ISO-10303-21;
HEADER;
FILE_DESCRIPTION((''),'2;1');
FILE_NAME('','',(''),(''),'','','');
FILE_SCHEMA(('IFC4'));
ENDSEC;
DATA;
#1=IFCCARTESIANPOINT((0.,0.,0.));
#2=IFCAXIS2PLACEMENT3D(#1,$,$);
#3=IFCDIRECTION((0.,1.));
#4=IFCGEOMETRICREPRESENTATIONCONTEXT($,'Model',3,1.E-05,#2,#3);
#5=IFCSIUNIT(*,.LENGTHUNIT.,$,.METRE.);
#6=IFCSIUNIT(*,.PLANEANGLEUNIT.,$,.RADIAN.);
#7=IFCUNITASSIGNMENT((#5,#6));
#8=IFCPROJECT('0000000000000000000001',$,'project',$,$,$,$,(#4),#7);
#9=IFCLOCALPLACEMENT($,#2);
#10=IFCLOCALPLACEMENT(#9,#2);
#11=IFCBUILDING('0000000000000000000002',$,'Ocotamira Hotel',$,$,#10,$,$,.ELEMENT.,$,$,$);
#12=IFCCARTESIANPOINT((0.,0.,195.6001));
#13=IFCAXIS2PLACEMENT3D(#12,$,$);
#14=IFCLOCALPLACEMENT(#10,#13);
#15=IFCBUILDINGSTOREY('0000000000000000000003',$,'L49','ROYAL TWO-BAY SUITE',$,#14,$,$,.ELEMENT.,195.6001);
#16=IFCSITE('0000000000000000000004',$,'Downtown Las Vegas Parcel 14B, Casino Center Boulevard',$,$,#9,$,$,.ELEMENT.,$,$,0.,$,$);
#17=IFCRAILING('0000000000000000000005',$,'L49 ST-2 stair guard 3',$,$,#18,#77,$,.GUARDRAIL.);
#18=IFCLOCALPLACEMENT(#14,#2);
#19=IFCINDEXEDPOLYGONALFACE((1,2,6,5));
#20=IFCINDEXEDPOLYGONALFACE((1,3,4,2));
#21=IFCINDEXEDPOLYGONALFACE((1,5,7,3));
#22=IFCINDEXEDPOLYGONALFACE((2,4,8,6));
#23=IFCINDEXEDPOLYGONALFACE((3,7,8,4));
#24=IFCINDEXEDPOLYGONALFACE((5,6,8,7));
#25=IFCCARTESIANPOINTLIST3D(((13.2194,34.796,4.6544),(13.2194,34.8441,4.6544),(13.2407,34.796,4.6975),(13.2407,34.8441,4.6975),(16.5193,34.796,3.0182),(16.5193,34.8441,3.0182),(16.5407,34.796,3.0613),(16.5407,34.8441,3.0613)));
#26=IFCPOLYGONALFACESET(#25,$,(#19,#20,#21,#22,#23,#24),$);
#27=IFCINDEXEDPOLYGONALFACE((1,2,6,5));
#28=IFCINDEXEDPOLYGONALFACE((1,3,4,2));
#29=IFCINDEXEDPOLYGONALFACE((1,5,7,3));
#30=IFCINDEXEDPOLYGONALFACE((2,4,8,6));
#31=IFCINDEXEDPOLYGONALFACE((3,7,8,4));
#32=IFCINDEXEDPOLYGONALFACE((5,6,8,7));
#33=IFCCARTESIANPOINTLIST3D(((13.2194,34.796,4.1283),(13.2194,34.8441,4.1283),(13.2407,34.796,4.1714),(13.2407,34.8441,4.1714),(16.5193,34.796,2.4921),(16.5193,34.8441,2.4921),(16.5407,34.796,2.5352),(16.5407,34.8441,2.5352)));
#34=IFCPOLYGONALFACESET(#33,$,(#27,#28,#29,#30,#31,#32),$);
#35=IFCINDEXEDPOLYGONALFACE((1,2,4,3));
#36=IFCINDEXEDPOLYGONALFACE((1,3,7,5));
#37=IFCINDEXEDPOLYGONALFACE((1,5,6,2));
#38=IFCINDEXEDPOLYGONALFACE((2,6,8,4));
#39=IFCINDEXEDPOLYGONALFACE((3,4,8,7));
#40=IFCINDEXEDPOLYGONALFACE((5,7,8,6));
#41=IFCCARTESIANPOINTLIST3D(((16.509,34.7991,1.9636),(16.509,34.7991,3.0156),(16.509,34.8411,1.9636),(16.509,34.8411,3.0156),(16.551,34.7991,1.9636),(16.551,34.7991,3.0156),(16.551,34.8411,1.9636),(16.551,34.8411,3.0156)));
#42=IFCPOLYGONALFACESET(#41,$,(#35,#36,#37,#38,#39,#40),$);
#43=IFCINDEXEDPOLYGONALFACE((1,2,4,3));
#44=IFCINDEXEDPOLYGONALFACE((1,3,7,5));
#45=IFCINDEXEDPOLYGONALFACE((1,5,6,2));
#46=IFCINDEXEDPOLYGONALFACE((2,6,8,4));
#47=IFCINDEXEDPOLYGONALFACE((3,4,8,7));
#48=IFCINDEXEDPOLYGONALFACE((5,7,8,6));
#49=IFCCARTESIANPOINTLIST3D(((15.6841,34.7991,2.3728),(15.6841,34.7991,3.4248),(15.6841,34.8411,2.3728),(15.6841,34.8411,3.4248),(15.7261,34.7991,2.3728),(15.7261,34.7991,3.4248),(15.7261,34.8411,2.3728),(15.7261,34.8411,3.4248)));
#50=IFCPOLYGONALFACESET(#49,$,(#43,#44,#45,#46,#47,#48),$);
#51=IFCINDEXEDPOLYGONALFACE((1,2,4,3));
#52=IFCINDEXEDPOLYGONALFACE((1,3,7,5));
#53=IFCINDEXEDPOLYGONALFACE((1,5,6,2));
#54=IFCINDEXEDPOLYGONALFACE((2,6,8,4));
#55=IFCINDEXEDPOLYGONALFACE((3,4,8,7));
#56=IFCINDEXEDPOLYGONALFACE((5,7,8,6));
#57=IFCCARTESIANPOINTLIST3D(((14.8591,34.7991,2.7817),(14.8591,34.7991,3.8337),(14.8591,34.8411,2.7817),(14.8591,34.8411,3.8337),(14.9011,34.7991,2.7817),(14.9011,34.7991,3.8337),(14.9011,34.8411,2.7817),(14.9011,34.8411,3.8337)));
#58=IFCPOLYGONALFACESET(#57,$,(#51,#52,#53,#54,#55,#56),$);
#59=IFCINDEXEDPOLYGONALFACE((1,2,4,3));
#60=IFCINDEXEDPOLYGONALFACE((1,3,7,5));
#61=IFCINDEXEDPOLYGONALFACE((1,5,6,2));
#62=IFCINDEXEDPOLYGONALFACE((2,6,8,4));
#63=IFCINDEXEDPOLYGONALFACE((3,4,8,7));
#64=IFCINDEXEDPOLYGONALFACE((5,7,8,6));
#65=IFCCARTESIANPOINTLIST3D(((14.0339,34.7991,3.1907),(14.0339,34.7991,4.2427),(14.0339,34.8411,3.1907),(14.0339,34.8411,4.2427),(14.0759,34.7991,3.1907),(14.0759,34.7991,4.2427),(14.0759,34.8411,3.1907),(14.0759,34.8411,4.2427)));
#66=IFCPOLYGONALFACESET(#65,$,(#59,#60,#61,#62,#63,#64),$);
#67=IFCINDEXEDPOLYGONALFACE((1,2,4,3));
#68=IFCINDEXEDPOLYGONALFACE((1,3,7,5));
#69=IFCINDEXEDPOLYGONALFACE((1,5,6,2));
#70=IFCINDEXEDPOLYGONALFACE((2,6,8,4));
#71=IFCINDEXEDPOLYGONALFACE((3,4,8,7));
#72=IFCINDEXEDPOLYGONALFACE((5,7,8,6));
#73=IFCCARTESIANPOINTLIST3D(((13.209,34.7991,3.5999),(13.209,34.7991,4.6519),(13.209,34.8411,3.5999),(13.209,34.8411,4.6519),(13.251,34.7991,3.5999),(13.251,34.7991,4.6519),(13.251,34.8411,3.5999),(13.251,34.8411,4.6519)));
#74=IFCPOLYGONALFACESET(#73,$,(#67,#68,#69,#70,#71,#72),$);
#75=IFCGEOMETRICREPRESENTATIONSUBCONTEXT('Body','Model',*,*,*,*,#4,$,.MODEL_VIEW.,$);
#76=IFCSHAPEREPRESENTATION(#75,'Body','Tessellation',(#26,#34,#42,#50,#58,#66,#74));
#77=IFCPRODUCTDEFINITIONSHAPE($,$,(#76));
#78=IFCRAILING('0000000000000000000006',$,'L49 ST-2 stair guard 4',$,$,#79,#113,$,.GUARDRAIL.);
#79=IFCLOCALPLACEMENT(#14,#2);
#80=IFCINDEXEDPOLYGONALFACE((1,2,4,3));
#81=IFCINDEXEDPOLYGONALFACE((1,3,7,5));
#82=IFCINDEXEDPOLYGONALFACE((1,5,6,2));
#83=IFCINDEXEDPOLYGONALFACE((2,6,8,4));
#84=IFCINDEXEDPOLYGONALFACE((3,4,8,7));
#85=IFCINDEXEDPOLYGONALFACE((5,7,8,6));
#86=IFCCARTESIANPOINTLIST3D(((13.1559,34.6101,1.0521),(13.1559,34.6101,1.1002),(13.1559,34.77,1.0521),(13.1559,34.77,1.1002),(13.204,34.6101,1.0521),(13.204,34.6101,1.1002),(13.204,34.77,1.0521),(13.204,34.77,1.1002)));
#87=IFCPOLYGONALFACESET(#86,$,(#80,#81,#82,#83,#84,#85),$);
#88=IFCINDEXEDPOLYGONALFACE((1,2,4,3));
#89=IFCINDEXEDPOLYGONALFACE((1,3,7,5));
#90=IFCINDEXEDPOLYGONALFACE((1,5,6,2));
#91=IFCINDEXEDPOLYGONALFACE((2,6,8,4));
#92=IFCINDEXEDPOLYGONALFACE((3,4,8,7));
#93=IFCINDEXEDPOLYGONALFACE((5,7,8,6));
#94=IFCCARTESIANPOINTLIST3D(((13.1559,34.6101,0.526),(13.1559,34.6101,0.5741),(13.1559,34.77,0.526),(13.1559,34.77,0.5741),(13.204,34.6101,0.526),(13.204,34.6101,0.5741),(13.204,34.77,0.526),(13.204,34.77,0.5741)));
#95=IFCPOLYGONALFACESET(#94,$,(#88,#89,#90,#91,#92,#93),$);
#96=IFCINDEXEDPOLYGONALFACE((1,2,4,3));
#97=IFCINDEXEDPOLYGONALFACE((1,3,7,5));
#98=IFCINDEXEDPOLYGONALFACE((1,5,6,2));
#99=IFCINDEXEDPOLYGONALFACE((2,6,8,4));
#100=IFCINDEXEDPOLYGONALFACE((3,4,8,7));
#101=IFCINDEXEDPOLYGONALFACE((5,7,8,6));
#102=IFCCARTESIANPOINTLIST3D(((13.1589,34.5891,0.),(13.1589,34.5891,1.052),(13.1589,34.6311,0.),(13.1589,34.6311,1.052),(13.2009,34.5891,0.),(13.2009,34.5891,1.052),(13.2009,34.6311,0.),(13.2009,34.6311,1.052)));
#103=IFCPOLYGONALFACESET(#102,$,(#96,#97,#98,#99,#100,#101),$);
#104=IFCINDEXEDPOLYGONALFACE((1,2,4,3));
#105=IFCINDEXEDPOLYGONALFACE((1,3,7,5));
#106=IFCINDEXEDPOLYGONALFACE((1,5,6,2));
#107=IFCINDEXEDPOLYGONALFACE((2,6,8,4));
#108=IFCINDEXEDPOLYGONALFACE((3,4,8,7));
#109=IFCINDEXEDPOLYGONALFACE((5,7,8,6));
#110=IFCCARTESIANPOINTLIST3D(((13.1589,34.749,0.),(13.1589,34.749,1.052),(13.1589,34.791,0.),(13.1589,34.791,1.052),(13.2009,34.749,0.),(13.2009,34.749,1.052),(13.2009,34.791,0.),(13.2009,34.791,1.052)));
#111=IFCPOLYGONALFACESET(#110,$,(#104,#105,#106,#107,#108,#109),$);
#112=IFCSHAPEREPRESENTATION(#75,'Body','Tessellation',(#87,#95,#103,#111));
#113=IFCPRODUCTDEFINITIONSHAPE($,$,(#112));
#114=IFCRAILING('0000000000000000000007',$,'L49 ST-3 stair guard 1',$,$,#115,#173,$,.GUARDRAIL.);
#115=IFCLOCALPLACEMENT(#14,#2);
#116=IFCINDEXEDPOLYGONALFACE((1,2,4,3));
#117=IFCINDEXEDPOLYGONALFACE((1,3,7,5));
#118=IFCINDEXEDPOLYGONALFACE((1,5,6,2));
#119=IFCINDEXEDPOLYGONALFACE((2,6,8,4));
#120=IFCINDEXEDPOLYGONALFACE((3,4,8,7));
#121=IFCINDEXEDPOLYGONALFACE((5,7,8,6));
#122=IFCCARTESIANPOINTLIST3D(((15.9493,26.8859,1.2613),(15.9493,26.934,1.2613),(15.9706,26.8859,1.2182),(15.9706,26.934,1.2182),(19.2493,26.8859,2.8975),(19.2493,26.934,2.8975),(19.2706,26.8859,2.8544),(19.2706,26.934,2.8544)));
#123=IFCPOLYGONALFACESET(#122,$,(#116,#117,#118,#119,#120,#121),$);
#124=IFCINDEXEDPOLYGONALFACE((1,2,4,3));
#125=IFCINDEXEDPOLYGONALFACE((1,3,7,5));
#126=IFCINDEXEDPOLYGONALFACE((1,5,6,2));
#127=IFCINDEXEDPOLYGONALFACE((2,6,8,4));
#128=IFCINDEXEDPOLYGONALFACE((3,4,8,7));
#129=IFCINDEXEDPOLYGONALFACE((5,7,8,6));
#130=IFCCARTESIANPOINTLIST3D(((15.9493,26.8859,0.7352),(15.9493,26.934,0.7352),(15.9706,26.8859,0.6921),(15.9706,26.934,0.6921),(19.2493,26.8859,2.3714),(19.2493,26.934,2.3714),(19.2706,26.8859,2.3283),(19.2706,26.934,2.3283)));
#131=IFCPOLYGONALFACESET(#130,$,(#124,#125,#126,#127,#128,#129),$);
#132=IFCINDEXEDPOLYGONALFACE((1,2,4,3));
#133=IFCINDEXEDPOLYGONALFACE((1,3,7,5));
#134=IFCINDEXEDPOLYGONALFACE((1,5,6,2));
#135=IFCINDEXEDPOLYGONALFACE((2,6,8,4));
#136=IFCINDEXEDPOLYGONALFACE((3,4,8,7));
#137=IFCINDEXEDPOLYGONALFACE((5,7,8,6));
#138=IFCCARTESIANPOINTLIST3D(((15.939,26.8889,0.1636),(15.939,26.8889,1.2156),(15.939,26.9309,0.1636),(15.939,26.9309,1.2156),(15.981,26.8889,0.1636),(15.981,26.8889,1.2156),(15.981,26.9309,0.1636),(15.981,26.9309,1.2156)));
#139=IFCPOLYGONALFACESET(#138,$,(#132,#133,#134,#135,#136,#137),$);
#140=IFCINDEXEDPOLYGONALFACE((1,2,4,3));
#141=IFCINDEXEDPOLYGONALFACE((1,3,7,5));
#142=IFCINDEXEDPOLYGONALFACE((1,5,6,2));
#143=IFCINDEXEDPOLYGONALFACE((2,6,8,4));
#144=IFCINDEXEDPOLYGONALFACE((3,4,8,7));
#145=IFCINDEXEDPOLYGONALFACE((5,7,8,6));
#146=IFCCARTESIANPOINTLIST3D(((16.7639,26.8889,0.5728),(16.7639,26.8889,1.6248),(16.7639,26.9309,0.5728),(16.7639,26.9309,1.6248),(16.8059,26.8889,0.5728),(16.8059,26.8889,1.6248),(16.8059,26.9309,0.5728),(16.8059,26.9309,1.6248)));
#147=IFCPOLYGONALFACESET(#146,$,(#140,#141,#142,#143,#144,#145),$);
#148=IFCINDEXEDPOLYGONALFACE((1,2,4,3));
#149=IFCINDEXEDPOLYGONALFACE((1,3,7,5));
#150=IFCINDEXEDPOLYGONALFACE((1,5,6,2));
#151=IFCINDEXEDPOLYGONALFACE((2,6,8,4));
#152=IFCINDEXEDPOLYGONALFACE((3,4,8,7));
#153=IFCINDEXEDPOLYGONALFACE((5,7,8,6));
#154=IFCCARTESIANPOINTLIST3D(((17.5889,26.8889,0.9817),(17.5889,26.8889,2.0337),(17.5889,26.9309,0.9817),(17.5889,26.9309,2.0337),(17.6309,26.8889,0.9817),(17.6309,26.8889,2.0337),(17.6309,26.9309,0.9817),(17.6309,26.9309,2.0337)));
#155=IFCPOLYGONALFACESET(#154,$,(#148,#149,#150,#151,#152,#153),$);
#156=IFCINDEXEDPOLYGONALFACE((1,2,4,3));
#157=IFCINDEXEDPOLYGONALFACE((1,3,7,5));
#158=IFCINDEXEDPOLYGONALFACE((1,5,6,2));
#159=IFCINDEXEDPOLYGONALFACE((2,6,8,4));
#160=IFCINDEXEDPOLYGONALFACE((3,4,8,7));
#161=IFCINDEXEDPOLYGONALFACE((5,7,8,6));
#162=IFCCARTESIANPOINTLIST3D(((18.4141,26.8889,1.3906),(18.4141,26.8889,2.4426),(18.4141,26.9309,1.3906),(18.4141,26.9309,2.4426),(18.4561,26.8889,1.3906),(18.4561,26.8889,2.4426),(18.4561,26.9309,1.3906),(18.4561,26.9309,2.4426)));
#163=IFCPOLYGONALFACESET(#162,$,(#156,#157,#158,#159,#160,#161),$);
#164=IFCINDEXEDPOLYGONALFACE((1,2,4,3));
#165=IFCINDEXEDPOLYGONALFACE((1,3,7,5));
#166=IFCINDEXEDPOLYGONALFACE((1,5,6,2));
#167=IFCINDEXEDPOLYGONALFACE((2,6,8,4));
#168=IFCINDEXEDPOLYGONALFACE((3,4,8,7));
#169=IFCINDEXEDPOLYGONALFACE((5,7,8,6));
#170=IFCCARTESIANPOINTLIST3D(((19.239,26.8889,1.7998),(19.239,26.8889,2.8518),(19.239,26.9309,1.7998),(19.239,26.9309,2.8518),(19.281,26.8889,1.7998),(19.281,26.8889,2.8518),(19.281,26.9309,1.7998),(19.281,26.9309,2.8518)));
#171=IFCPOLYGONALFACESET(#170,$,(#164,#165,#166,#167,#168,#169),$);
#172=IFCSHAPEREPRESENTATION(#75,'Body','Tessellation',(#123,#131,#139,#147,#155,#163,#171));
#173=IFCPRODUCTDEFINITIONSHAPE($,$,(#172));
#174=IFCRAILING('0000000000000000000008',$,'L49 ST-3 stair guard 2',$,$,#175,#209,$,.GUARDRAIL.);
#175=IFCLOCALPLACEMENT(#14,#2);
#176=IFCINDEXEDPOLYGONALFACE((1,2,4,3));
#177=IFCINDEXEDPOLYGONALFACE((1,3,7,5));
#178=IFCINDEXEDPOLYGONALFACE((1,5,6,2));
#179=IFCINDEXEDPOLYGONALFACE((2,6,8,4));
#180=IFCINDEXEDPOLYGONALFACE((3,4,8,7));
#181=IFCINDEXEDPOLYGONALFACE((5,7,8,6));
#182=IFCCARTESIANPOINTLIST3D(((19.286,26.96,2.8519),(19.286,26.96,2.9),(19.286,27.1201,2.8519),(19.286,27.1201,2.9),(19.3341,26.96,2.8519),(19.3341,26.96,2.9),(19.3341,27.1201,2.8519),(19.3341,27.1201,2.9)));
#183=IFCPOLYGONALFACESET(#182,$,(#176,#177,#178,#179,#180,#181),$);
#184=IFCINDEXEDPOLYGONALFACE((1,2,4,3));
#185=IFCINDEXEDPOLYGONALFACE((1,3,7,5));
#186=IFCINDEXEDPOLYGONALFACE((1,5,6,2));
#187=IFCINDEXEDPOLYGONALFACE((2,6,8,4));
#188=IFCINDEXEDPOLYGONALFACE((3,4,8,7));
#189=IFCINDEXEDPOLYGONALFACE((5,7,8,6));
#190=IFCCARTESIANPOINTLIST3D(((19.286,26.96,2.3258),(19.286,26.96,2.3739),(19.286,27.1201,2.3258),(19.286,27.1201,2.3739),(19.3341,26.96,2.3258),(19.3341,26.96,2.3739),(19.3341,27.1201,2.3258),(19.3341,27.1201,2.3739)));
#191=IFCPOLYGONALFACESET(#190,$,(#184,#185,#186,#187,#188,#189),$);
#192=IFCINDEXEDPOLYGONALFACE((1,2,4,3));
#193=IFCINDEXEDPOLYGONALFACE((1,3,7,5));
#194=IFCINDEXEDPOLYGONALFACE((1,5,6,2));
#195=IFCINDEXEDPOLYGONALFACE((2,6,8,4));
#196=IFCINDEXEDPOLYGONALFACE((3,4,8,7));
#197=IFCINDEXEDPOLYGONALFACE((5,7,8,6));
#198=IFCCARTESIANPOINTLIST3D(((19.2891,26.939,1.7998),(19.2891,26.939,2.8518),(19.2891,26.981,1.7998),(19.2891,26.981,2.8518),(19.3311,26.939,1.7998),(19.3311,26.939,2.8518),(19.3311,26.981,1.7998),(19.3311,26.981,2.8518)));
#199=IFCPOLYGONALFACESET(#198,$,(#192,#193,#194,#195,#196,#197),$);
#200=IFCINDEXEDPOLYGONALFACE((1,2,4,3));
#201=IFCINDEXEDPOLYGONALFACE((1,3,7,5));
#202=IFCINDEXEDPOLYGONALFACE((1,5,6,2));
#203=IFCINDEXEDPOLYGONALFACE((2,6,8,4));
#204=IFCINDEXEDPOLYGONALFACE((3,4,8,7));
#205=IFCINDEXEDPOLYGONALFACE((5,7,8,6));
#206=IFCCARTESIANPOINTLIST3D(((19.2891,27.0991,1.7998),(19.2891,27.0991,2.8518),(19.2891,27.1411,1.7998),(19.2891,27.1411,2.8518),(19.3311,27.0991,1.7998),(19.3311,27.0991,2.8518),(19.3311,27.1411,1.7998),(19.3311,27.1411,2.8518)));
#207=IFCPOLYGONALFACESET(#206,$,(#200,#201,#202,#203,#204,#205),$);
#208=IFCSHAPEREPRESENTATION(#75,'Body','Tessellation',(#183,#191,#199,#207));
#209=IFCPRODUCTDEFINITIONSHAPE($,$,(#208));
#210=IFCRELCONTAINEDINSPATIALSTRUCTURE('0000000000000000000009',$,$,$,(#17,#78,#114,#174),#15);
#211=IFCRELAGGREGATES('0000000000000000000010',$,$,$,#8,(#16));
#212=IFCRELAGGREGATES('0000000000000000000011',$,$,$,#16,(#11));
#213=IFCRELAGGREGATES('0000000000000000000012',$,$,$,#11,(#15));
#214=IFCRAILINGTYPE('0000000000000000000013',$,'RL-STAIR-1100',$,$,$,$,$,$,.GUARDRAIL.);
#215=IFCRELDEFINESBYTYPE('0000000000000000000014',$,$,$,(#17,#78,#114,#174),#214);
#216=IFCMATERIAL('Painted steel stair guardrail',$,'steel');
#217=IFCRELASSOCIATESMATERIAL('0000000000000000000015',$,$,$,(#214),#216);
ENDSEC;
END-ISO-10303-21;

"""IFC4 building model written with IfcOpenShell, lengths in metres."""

from ifc_helpers import new_model, si_unit, direction, frame, origin, origin_2d, place, context, subcontext, project, spatial, rectangle, extrude, material, type_object, element, save


model = new_model("IFC4")

# Units and contexts
model_context = context("Model", 3, precision=1e-05, world=origin(), true_north=direction((0.0, 1.0)))
body_context = subcontext(model_context, "Body", "Model", "MODEL_VIEW")
ifc_project = project(units=[si_unit("LENGTHUNIT", "METRE"), si_unit("PLANEANGLEUNIT", "RADIAN")], contexts=[model_context])

# Site, building, storey
site_placement = place(None, origin())
site = spatial("IfcSite", under=ifc_project, at=site_placement, Name="Downtown Las Vegas Parcel 14B, Casino Center Boulevard", CompositionType="ELEMENT", RefElevation=0.0)
building_placement = place(site_placement, origin())
building = spatial("IfcBuilding", under=site, at=building_placement, Name="Ocotamira Hotel", CompositionType="ELEMENT")
storey_placement = place(building_placement, frame((0.0, 0.0, 195.6001)))
storey = spatial("IfcBuildingStorey", under=building, at=storey_placement, Name="L49", Description="ROYAL TWO-BAY SUITE", CompositionType="ELEMENT", Elevation=195.6001)

# Railings
ifc_material_1 = material(Name="Painted steel stair guardrail", Category="steel")
railing_type_1 = type_object("IfcRailingType", Name="RL-STAIR-1100", PredefinedType="GUARDRAIL", material=ifc_material_1)
railing_1_placement = place(storey_placement, frame((16.53, 34.8201, 1.9636)))
element("IfcRailing", 1, at=railing_1_placement, inside=storey, type_object=railing_type_1, Name="L49 ST-2 stair guard 3", PredefinedType="GUARDRAIL", context=body_context, shape_type="SweptSolid", body=[
    extrude(rectangle(XDim=0.0481, YDim=0.0481, at=origin_2d()), frame((0.0, 0.0, 1.0762), z_axis=(-0.89592, 0.0, 0.444215), x_axis=(0.0, -1.0, 0.0)), (0.0, 0.0, 1.0), 3.6833),
    extrude(rectangle(XDim=0.0481, YDim=0.0481, at=origin_2d()), frame((0.0, 0.0, 0.55), z_axis=(-0.89592, 0.0, 0.444215), x_axis=(0.0, -1.0, 0.0)), (0.0, 0.0, 1.0), 3.6833),
    extrude(rectangle(XDim=0.042, YDim=0.042, at=origin_2d()), origin(), (0.0, 0.0, 1.0), 1.052),
    extrude(rectangle(XDim=0.042, YDim=0.042, at=origin_2d()), frame((-0.825, 0.0, 0.4092)), (0.0, 0.0, 1.0), 1.052),
    extrude(rectangle(XDim=0.042, YDim=0.042, at=origin_2d()), frame((-1.6499, 0.0, 0.8181)), (0.0, 0.0, 1.0), 1.052),
    extrude(rectangle(XDim=0.042, YDim=0.042, at=origin_2d()), frame((-2.4751, 0.0, 1.2271)), (0.0, 0.0, 1.0), 1.052),
    extrude(rectangle(XDim=0.042, YDim=0.042, at=origin_2d()), frame((-3.3, 0.0, 1.6362)), (0.0, 0.0, 1.0), 1.052),
])
railing_2_placement = place(storey_placement, frame((13.1799, 34.6101, 0.0)))
element("IfcRailing", 2, at=railing_2_placement, inside=storey, type_object=railing_type_1, Name="L49 ST-2 stair guard 4", PredefinedType="GUARDRAIL", context=body_context, shape_type="SweptSolid", body=[
    extrude(rectangle(XDim=0.0481, YDim=0.0481, at=origin_2d()), frame((0.0, 0.0, 1.0762), z_axis=(0.0, 1.0, 0.0), x_axis=(-1.0, 0.0, 0.0)), (0.0, 0.0, 1.0), 0.1599),
    extrude(rectangle(XDim=0.0481, YDim=0.0481, at=origin_2d()), frame((0.0, 0.0, 0.55), z_axis=(0.0, 1.0, 0.0), x_axis=(-1.0, 0.0, 0.0)), (0.0, 0.0, 1.0), 0.1599),
    extrude(rectangle(XDim=0.042, YDim=0.042, at=origin_2d()), origin(), (0.0, 0.0, 1.0), 1.052),
    extrude(rectangle(XDim=0.042, YDim=0.042, at=origin_2d()), frame((0.0, 0.1599, 0.0)), (0.0, 0.0, 1.0), 1.052),
])
railing_3_placement = place(storey_placement, frame((15.96, 26.9099, 0.1636)))
element("IfcRailing", 3, at=railing_3_placement, inside=storey, type_object=railing_type_1, Name="L49 ST-3 stair guard 1", PredefinedType="GUARDRAIL", context=body_context, shape_type="SweptSolid", body=[
    extrude(rectangle(XDim=0.0481, YDim=0.0481, at=origin_2d()), frame((0.0, 0.0, 1.0762), z_axis=(0.89592, 0.0, 0.444215), x_axis=(0.0, 1.0, 0.0)), (0.0, 0.0, 1.0), 3.6833),
    extrude(rectangle(XDim=0.0481, YDim=0.0481, at=origin_2d()), frame((0.0, 0.0, 0.55), z_axis=(0.89592, 0.0, 0.444215), x_axis=(0.0, 1.0, 0.0)), (0.0, 0.0, 1.0), 3.6833),
    extrude(rectangle(XDim=0.042, YDim=0.042, at=origin_2d()), origin(), (0.0, 0.0, 1.0), 1.052),
    extrude(rectangle(XDim=0.042, YDim=0.042, at=origin_2d()), frame((0.825, 0.0, 0.4092)), (0.0, 0.0, 1.0), 1.052),
    extrude(rectangle(XDim=0.042, YDim=0.042, at=origin_2d()), frame((1.6499, 0.0, 0.8181)), (0.0, 0.0, 1.0), 1.052),
    extrude(rectangle(XDim=0.042, YDim=0.042, at=origin_2d()), frame((2.4751, 0.0, 1.2271)), (0.0, 0.0, 1.0), 1.052),
    extrude(rectangle(XDim=0.042, YDim=0.042, at=origin_2d()), frame((3.3, 0.0, 1.6362)), (0.0, 0.0, 1.0), 1.052),
])
railing_4_placement = place(storey_placement, frame((19.3101, 26.96, 1.7998)))
element("IfcRailing", 4, at=railing_4_placement, inside=storey, type_object=railing_type_1, Name="L49 ST-3 stair guard 2", PredefinedType="GUARDRAIL", context=body_context, shape_type="SweptSolid", body=[
    extrude(rectangle(XDim=0.0481, YDim=0.0481, at=origin_2d()), frame((0.0, 0.0, 1.0762), z_axis=(0.0, 1.0, 0.0), x_axis=(-1.0, 0.0, 0.0)), (0.0, 0.0, 1.0), 0.1602),
    extrude(rectangle(XDim=0.0481, YDim=0.0481, at=origin_2d()), frame((0.0, 0.0, 0.55), z_axis=(0.0, 1.0, 0.0), x_axis=(-1.0, 0.0, 0.0)), (0.0, 0.0, 1.0), 0.1602),
    extrude(rectangle(XDim=0.042, YDim=0.042, at=origin_2d()), origin(), (0.0, 0.0, 1.0), 1.052),
    extrude(rectangle(XDim=0.042, YDim=0.042, at=origin_2d()), frame((0.0, 0.1602, 0.0)), (0.0, 0.0, 1.0), 1.052),
])

save(model, "model.ifc")
